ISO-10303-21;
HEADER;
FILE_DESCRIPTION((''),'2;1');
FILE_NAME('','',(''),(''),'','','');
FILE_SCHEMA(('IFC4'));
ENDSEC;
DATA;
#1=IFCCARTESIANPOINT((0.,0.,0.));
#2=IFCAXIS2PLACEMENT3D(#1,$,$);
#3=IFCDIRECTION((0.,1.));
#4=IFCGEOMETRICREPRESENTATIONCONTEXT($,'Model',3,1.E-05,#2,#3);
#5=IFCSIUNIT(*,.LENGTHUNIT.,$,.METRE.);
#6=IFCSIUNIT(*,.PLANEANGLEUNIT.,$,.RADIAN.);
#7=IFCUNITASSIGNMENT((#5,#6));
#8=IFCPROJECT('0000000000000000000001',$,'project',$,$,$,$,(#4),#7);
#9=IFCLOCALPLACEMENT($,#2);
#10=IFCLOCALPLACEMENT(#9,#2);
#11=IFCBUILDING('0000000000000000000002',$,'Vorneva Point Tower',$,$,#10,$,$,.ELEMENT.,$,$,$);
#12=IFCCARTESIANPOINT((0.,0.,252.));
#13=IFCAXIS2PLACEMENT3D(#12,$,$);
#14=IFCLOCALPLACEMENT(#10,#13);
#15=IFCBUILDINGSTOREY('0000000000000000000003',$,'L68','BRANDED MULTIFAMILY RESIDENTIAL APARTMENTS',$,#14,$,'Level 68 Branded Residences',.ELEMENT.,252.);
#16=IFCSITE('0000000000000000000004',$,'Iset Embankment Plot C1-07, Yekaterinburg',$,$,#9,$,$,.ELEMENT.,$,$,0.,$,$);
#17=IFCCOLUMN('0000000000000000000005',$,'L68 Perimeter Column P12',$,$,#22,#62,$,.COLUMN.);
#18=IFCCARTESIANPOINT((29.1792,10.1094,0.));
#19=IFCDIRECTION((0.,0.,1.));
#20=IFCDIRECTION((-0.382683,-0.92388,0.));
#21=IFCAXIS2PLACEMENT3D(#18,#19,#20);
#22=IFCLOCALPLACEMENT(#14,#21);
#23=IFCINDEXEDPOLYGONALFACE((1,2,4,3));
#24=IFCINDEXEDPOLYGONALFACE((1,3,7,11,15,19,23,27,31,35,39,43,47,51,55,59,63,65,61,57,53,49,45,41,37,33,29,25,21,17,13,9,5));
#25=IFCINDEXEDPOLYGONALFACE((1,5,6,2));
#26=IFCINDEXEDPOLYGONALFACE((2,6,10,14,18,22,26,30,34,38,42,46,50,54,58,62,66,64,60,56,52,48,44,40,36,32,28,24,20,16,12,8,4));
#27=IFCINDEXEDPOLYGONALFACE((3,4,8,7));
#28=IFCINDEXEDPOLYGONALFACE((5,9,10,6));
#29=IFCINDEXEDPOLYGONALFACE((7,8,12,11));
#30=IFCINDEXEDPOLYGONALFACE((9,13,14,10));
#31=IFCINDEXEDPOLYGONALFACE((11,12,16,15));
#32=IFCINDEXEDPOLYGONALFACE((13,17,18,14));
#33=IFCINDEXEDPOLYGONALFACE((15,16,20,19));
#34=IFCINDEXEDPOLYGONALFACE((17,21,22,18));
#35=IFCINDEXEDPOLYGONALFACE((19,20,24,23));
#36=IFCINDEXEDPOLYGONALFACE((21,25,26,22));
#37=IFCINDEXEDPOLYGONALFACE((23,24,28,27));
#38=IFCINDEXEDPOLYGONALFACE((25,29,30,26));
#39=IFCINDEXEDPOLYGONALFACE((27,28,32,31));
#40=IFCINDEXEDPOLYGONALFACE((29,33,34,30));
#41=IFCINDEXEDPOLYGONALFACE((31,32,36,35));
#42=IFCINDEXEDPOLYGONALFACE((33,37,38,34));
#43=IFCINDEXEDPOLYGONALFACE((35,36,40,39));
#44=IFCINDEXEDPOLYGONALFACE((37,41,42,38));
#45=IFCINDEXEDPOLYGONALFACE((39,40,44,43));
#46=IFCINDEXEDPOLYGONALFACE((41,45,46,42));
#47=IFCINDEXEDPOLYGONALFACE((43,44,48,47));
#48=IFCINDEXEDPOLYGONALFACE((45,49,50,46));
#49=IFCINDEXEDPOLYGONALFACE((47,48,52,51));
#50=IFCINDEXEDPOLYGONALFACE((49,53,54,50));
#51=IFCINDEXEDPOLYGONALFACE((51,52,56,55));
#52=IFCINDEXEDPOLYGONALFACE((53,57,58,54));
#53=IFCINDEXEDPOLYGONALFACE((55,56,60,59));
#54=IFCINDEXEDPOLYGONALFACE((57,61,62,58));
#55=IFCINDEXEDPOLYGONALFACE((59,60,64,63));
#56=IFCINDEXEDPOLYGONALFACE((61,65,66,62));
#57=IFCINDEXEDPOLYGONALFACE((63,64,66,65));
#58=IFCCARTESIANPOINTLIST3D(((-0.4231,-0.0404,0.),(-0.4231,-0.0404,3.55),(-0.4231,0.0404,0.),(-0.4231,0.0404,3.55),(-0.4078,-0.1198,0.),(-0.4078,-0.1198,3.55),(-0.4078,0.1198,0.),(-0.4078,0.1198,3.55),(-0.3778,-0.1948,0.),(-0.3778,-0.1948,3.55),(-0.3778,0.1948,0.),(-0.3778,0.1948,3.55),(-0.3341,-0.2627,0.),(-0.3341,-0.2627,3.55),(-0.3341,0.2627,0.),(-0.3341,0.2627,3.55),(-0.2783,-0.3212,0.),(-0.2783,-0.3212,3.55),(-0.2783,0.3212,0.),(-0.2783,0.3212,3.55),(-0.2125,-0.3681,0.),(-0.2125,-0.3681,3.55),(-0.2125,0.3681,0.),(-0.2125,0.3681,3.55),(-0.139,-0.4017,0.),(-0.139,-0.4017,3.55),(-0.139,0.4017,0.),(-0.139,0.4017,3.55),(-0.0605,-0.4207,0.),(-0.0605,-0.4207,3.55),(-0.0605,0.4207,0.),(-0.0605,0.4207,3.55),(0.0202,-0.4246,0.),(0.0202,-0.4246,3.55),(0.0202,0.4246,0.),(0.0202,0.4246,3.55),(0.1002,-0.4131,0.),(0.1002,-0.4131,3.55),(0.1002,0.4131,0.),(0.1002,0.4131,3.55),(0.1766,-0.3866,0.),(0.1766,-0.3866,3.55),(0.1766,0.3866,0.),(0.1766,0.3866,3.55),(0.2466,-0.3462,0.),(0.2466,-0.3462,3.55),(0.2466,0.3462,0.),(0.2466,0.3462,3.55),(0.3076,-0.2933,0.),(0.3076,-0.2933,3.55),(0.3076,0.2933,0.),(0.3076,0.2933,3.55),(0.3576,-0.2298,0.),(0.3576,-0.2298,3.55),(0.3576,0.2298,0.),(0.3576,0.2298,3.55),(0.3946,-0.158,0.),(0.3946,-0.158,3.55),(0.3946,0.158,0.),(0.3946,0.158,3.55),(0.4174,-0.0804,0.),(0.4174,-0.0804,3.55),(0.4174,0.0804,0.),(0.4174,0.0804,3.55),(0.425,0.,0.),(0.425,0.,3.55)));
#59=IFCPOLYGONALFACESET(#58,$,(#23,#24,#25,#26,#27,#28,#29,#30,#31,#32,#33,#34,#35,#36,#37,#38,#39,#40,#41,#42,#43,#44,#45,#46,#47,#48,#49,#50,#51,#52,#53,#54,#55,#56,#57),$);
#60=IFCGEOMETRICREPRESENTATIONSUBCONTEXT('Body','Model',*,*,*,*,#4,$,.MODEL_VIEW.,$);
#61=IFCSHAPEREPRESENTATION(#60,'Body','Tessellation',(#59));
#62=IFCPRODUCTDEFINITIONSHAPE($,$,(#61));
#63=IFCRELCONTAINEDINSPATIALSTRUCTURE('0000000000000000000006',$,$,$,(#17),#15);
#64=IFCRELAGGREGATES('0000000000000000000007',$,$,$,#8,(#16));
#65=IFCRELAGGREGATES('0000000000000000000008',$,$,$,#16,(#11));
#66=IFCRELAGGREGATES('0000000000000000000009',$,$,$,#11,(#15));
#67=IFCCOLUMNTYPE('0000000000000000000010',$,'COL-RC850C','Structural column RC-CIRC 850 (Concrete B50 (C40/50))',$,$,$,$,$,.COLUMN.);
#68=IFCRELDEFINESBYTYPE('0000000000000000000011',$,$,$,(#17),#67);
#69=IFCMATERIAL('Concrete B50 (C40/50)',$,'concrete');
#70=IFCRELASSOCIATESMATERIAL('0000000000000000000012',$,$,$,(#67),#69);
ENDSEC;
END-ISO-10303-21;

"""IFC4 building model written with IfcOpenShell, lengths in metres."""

from ifc_helpers import new_model, si_unit, direction, frame, origin, origin_2d, place, context, subcontext, project, spatial, circle, extrude, material, material_profile, profile_set, type_object, element, save


model = new_model("IFC4")

# Units and contexts
model_context = context("Model", 3, precision=1e-05, world=origin(), true_north=direction((0.0, 1.0)))
body_context = subcontext(model_context, "Body", "Model", "MODEL_VIEW")
ifc_project = project(units=[si_unit("LENGTHUNIT", "METRE"), si_unit("PLANEANGLEUNIT", "RADIAN")], contexts=[model_context])

# Site, building, storey
site_placement = place(None, origin())
site = spatial("IfcSite", under=ifc_project, at=site_placement, Name="Iset Embankment Plot C1-07, Yekaterinburg", CompositionType="ELEMENT", RefElevation=0.0)
building_placement = place(site_placement, origin())
building = spatial("IfcBuilding", under=site, at=building_placement, Name="Vorneva Point Tower", CompositionType="ELEMENT")
storey_placement = place(building_placement, frame((0.0, 0.0, 252.0)))
storey = spatial("IfcBuildingStorey", under=building, at=storey_placement, Name="L68", Description="BRANDED MULTIFAMILY RESIDENTIAL APARTMENTS", LongName="Level 68 Branded Residences", CompositionType="ELEMENT", Elevation=252.0)

# Column
ifc_material_1 = material(Name="Concrete B50 (C40/50)", Category="concrete")
ifc_material_profile_1 = material_profile(ifc_material_1, circle(Radius=0.425, at=origin_2d()), Name="RC-CIRC 850")
ifc_profile_set_1 = profile_set([ifc_material_profile_1], Name="Concrete B50 (C40/50)")
column_type_1 = type_object("IfcColumnType", Name="COL-RC850C", Description="Structural column RC-CIRC 850 (Concrete B50 (C40/50))", PredefinedType="COLUMN", material=ifc_profile_set_1)
column_1_placement = place(storey_placement, frame((29.1792, 10.1094, 0.0), z_axis=(0.0, 0.0, 1.0), x_axis=(-0.382683, -0.92388, 0.0)))
element("IfcColumn", 1, at=column_1_placement, inside=storey, type_object=column_type_1, Name="L68 Perimeter Column P12", PredefinedType="COLUMN", context=body_context, shape_type="SweptSolid", body=[
    extrude(circle(Radius=0.425, at=origin_2d()), origin(), (0.0, 0.0, 1.0), 3.55),
])

save(model, "model.ifc")
